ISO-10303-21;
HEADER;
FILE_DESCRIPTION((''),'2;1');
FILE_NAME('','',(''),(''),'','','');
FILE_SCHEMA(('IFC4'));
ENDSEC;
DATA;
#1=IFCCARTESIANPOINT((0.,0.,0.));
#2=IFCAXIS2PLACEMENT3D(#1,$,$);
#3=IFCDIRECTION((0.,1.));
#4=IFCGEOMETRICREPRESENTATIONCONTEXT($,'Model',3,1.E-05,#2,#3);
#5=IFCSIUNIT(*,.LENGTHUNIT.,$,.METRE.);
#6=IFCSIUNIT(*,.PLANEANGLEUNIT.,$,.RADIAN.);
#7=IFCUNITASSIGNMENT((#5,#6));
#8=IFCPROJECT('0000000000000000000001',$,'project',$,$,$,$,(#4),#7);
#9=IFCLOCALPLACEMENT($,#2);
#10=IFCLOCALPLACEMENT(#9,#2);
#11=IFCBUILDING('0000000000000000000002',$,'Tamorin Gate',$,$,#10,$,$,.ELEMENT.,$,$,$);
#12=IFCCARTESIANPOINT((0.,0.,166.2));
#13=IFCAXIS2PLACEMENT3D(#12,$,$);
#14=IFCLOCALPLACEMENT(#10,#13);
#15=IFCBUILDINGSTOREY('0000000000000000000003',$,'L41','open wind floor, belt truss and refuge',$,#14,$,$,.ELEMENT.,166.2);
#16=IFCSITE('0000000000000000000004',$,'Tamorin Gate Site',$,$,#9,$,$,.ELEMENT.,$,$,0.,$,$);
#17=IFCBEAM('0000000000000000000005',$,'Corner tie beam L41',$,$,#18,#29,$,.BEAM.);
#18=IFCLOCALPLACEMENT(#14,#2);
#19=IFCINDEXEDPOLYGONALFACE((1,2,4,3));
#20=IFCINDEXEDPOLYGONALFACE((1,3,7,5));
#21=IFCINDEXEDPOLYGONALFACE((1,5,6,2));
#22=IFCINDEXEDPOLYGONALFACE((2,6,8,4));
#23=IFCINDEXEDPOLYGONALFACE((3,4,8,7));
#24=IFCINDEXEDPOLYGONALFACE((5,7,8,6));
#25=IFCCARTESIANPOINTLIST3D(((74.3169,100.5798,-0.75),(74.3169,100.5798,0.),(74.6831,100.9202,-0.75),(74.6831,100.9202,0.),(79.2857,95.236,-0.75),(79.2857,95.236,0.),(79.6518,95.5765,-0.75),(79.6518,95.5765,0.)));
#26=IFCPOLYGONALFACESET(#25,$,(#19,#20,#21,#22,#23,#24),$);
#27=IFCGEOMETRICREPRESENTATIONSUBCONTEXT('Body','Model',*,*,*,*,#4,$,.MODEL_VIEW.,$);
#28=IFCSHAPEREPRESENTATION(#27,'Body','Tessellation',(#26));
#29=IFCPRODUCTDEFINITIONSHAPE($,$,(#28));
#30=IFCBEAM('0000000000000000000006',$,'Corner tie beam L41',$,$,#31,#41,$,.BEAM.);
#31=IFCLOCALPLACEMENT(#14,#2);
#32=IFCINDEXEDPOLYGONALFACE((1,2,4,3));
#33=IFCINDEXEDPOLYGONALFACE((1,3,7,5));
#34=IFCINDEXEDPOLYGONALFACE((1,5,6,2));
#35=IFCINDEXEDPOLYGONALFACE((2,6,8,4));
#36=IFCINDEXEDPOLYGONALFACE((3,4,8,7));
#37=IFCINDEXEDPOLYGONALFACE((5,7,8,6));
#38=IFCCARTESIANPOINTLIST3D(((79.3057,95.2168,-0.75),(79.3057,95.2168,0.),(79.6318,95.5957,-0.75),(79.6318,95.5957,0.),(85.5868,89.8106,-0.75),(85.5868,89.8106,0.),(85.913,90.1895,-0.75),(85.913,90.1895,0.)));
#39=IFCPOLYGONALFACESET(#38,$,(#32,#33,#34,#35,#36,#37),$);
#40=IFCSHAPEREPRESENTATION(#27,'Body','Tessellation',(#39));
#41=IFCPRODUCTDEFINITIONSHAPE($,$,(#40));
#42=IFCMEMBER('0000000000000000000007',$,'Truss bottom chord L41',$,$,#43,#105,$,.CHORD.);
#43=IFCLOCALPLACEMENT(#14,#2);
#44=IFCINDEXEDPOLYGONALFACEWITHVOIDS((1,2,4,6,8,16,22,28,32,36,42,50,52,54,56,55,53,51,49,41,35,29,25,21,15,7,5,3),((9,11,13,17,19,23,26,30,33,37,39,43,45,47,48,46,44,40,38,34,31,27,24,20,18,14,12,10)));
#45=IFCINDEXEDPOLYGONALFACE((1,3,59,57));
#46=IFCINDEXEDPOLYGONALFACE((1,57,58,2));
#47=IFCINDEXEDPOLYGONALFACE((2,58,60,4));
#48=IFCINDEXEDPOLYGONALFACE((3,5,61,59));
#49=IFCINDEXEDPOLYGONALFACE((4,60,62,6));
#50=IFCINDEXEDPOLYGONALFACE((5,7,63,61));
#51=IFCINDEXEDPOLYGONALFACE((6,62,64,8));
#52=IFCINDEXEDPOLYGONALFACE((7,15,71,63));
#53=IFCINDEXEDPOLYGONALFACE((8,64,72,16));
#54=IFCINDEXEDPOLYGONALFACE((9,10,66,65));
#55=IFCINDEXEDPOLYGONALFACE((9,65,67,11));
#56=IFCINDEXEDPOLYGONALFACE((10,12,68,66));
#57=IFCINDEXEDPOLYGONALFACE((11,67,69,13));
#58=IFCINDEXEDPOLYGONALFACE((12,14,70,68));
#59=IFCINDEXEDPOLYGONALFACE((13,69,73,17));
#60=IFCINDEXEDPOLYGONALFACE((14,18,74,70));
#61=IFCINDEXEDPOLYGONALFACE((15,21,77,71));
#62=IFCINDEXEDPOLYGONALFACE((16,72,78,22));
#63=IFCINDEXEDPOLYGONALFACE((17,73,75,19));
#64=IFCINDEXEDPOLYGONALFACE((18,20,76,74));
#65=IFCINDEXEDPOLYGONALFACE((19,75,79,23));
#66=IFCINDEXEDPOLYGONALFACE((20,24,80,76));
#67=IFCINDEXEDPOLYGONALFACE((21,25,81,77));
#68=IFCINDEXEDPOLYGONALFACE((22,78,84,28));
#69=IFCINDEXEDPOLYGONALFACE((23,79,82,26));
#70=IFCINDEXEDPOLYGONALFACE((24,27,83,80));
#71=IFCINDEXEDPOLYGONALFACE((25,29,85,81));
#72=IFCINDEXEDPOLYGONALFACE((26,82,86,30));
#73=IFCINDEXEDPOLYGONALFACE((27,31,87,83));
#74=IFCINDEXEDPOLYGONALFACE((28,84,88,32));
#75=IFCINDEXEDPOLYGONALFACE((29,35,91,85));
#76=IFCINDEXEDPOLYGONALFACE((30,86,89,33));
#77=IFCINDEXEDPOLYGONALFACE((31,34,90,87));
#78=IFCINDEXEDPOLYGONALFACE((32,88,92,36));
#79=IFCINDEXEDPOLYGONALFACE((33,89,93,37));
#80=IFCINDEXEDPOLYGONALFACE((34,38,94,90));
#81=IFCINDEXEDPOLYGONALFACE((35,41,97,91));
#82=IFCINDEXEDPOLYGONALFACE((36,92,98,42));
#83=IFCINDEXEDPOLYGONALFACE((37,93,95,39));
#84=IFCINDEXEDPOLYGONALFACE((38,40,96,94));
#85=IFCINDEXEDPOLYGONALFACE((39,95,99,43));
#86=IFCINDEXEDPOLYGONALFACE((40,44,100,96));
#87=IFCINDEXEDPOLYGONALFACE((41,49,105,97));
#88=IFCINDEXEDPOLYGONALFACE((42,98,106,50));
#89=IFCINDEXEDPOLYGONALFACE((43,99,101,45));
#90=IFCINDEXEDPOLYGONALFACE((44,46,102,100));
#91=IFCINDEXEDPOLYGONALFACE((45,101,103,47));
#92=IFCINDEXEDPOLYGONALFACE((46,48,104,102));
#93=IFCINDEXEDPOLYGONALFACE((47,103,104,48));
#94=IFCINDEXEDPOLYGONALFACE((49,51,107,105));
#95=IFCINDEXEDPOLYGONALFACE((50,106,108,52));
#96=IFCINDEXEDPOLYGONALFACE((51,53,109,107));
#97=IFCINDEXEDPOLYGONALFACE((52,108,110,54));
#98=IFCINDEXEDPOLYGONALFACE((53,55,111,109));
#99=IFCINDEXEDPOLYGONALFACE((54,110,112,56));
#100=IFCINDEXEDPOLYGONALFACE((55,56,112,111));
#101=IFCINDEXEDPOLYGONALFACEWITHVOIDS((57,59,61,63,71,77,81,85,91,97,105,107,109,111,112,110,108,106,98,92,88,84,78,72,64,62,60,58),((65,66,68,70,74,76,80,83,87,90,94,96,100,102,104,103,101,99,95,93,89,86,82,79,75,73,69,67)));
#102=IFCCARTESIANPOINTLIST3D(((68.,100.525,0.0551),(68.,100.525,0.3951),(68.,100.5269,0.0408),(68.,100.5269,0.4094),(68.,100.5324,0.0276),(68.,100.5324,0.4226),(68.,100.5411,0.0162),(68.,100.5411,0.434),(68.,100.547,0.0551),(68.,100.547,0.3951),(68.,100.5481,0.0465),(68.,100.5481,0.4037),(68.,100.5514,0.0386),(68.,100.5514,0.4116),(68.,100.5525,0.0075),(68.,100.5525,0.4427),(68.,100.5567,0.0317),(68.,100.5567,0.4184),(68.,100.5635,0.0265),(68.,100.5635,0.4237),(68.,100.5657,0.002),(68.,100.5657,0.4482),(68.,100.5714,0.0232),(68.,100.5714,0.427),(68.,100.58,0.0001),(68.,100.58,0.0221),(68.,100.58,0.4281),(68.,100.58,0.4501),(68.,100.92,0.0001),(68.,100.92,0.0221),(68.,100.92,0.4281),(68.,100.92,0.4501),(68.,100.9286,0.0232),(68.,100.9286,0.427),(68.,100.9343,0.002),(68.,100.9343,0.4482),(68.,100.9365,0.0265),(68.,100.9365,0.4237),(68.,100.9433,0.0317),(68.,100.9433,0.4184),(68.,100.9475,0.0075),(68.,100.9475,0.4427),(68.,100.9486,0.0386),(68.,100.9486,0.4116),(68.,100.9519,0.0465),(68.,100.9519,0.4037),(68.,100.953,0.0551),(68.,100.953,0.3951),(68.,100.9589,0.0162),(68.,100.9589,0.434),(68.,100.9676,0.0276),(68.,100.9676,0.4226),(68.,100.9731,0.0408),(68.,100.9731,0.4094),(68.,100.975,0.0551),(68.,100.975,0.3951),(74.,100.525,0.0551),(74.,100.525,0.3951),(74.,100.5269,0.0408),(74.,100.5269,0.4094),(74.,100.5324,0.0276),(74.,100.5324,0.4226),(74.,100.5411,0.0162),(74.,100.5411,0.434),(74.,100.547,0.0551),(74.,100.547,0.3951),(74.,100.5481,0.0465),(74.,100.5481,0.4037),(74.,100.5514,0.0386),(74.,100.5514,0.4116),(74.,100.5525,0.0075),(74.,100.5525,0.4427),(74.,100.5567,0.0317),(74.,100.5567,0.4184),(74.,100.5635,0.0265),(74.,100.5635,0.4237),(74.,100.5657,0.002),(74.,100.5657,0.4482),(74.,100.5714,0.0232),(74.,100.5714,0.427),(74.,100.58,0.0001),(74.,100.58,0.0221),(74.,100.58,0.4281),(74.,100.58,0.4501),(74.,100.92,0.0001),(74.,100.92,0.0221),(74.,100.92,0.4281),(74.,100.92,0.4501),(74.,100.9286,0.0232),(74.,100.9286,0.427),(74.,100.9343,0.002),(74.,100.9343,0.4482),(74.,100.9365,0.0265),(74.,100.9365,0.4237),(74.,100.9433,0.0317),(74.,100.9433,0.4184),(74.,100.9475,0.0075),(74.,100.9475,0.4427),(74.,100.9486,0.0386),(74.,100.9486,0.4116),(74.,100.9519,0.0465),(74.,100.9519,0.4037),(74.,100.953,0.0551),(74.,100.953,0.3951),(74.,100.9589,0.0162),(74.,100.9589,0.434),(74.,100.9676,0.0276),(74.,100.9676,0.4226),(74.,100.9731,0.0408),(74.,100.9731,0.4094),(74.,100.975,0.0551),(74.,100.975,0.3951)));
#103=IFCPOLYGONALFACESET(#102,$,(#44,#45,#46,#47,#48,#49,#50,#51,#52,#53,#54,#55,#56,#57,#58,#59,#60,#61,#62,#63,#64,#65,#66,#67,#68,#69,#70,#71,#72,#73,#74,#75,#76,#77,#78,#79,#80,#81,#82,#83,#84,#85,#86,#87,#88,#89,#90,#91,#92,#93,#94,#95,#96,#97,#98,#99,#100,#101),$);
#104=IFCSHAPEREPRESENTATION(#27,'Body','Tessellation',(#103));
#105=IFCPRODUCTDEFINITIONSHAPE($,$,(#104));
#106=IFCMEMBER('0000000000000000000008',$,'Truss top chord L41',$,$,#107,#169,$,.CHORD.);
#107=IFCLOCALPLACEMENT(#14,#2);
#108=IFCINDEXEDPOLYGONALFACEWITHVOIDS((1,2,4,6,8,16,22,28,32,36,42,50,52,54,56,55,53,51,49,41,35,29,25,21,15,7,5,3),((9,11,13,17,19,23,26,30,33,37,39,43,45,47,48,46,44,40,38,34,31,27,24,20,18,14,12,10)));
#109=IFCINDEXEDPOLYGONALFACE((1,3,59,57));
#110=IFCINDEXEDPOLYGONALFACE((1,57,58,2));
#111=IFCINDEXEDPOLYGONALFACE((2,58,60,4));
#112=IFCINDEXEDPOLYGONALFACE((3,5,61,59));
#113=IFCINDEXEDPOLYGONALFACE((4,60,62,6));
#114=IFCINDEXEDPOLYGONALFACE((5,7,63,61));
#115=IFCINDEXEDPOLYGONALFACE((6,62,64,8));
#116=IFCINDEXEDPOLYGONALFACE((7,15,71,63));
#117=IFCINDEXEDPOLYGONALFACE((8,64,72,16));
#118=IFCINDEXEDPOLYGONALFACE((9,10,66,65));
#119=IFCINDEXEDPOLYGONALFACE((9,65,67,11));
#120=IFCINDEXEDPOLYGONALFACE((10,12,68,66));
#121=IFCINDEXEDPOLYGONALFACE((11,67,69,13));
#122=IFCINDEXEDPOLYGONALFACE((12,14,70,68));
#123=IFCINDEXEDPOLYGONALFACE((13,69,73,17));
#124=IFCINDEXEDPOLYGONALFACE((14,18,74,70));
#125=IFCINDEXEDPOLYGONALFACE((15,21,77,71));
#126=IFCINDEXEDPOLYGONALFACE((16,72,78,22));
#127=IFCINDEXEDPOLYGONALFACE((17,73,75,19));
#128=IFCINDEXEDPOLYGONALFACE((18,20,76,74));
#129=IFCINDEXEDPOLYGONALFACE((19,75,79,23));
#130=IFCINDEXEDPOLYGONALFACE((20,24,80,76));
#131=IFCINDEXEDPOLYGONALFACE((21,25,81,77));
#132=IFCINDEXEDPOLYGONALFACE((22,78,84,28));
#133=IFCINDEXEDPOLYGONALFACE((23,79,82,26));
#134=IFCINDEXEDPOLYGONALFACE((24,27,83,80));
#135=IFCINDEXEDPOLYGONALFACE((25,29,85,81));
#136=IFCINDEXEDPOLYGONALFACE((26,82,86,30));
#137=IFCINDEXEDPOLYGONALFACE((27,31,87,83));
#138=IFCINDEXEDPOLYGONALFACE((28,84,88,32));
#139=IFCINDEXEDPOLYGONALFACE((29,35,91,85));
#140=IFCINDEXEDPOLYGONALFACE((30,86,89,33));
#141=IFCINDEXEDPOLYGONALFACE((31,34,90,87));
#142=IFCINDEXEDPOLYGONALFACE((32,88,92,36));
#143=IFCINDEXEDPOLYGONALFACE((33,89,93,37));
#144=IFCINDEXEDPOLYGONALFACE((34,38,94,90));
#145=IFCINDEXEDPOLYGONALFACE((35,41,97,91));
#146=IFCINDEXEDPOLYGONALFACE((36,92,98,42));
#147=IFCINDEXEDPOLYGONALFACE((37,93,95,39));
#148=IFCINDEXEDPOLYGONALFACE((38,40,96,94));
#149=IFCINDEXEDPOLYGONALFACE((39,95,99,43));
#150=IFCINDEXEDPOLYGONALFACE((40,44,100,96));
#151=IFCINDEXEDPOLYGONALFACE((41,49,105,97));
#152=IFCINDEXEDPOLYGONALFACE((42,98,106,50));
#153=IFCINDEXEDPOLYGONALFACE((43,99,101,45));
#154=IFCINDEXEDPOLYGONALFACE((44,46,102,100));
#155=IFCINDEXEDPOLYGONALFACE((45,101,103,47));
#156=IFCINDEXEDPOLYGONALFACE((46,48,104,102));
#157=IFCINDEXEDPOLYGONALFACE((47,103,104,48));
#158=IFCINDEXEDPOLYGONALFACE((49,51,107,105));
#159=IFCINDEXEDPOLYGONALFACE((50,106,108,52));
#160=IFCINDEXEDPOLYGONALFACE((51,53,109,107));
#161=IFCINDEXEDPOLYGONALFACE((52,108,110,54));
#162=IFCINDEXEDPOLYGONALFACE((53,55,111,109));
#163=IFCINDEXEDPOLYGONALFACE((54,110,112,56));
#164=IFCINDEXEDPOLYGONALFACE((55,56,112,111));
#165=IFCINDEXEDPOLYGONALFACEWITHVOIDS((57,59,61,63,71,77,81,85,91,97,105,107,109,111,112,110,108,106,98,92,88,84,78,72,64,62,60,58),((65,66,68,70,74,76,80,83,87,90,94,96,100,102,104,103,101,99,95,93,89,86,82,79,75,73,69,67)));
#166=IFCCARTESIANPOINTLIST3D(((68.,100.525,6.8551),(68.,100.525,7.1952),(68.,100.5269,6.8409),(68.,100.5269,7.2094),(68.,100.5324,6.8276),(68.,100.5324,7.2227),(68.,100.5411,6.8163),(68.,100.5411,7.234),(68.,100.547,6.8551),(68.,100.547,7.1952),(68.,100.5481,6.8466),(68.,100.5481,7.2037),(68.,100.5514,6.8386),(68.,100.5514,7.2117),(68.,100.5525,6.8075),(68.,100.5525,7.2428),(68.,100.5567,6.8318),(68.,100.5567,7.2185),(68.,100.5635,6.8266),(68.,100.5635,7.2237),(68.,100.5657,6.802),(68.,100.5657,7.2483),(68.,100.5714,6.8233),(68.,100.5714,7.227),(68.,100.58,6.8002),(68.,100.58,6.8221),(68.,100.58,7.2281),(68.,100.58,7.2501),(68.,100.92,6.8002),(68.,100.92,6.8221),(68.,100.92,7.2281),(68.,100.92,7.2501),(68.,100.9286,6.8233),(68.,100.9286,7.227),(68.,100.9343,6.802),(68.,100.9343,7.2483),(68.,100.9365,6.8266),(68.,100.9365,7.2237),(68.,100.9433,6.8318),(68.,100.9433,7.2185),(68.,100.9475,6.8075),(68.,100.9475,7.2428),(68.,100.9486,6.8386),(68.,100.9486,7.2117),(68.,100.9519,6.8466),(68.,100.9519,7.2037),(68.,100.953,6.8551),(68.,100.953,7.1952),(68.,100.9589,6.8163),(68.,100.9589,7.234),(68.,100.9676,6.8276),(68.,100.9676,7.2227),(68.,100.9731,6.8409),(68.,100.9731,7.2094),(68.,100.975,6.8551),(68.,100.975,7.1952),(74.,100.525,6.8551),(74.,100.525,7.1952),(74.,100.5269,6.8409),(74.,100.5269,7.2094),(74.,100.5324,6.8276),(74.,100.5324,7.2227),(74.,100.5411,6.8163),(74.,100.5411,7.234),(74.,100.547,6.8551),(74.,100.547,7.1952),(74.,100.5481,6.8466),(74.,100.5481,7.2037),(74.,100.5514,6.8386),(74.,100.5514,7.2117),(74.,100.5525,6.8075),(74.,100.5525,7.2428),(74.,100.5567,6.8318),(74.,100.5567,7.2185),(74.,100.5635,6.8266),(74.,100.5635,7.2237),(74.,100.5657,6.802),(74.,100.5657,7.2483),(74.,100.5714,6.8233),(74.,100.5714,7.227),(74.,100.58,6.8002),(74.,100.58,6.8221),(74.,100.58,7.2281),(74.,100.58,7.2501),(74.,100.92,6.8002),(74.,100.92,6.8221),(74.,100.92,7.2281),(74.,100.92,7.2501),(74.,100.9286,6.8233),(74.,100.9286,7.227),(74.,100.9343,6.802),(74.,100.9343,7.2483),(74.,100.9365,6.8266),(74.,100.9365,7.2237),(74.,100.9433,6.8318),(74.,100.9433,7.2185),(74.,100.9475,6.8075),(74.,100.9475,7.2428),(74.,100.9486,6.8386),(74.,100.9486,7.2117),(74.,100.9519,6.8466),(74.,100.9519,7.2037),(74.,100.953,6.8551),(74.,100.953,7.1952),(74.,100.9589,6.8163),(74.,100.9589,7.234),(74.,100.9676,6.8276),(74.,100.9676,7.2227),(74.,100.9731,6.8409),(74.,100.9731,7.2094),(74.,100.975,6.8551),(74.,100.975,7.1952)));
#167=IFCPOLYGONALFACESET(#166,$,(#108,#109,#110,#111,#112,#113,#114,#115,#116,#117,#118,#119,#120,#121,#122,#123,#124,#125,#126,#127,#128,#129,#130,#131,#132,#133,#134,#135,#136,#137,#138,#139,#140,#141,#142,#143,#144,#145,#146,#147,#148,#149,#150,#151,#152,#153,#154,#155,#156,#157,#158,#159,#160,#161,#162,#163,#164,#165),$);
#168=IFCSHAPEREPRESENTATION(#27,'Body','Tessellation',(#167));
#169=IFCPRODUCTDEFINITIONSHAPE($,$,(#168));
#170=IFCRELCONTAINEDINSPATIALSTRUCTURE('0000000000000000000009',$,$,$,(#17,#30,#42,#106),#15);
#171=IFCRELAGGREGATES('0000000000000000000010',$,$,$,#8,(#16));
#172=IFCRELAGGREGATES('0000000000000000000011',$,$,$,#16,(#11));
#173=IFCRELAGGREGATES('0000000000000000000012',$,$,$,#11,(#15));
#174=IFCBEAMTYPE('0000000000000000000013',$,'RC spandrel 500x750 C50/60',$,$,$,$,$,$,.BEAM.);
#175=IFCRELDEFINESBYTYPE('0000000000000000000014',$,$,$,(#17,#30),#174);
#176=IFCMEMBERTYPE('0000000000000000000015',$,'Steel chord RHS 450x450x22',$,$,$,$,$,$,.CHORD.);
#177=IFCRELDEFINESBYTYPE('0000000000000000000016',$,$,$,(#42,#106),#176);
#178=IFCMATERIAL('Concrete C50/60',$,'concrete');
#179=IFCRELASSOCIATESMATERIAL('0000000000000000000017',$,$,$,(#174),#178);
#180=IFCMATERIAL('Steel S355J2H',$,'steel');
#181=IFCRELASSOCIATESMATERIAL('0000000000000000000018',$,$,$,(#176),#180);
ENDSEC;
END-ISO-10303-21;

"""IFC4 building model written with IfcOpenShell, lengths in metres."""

from ifc_helpers import new_model, si_unit, direction, frame, origin, origin_2d, place, context, subcontext, project, spatial, rectangle, hollow_rectangle, extrude, material, material_profile, profile_set, type_object, element, save


model = new_model("IFC4")

# Units and contexts
model_context = context("Model", 3, precision=1e-05, world=origin(), true_north=direction((0.0, 1.0)))
body_context = subcontext(model_context, "Body", "Model", "MODEL_VIEW")
ifc_project = project(units=[si_unit("LENGTHUNIT", "METRE"), si_unit("PLANEANGLEUNIT", "RADIAN")], contexts=[model_context])

# Site, building, storey
site_placement = place(None, origin())
site = spatial("IfcSite", under=ifc_project, at=site_placement, Name="Tamorin Gate Site", CompositionType="ELEMENT", RefElevation=0.0)
building_placement = place(site_placement, origin())
building = spatial("IfcBuilding", under=site, at=building_placement, Name="Tamorin Gate", CompositionType="ELEMENT")
storey_placement = place(building_placement, frame((0.0, 0.0, 166.2)))
storey = spatial("IfcBuildingStorey", under=building, at=storey_placement, Name="L41", Description="open wind floor, belt truss and refuge", CompositionType="ELEMENT", Elevation=166.2)

# Beams
ifc_material_1 = material(Name="Concrete C50/60", Category="concrete")
ifc_material_profile_1 = material_profile(ifc_material_1, rectangle(XDim=0.5, YDim=0.75, at=origin_2d()), Name="RC 500x750")
ifc_profile_set_1 = profile_set([ifc_material_profile_1], Name="Concrete C50/60")
beam_type = type_object("IfcBeamType", Name="RC spandrel 500x750 C50/60", PredefinedType="BEAM", material=ifc_profile_set_1)
beam_1_placement = place(storey_placement, frame((79.4688, 95.4062, -0.375), z_axis=(-0.680944, 0.732336, 0.0), x_axis=(-0.732336, -0.680944, 0.0)))
element("IfcBeam", 1, at=beam_1_placement, inside=storey, type_object=beam_type, Name="Corner tie beam L41", PredefinedType="BEAM", context=body_context, shape_type="SweptSolid", body=[
    extrude(rectangle(XDim=0.5, YDim=0.75, at=origin_2d()), origin(), (0.0, 0.0, 1.0), 7.2969),
])
beam_2_placement = place(storey_placement, frame((79.4688, 95.4062, -0.375), z_axis=(0.757924, -0.652343, 0.0), x_axis=(0.652343, 0.757924, 0.0)))
element("IfcBeam", 2, at=beam_2_placement, inside=storey, type_object=beam_type, Name="Corner tie beam L41", PredefinedType="BEAM", context=body_context, shape_type="SweptSolid", body=[
    extrude(rectangle(XDim=0.5, YDim=0.75, at=origin_2d()), origin(), (0.0, 0.0, 1.0), 8.2874),
])

# Members
ifc_material_2 = material(Name="Steel S355J2H", Category="steel")
ifc_material_profile_2 = material_profile(ifc_material_2, hollow_rectangle(XDim=0.45, YDim=0.45, WallThickness=0.022, InnerFilletRadius=0.033, OuterFilletRadius=0.0549, at=origin_2d()), Name="RHS 450x450x22")
ifc_profile_set_2 = profile_set([ifc_material_profile_2], Name="Steel S355J2H")
member_type_1 = type_object("IfcMemberType", Name="Steel chord RHS 450x450x22", PredefinedType="CHORD", material=ifc_profile_set_2)
for number, where, z_axis, x_axis, name in (
    (3, (74.0, 100.75, 0.2251), (-1.0, 0.0, 0.0), (0.0, -1.0, 0.0), "Truss bottom chord L41"),
    (4, (74.0, 100.75, 7.0251), (-1.0, 0.0, 0.0), (0.0, -1.0, 0.0), "Truss top chord L41"),
):
    element("IfcMember", number, at=place(storey_placement, frame(where, z_axis=z_axis, x_axis=x_axis)), inside=storey, type_object=member_type_1, Name=name, PredefinedType="CHORD", context=body_context, shape_type="SweptSolid", body=[
        extrude(hollow_rectangle(XDim=0.45, YDim=0.45, WallThickness=0.022, InnerFilletRadius=0.033, OuterFilletRadius=0.0549, at=origin_2d()), origin(), (0.0, 0.0, 1.0), 6.0),
    ])

save(model, "model.ifc")
